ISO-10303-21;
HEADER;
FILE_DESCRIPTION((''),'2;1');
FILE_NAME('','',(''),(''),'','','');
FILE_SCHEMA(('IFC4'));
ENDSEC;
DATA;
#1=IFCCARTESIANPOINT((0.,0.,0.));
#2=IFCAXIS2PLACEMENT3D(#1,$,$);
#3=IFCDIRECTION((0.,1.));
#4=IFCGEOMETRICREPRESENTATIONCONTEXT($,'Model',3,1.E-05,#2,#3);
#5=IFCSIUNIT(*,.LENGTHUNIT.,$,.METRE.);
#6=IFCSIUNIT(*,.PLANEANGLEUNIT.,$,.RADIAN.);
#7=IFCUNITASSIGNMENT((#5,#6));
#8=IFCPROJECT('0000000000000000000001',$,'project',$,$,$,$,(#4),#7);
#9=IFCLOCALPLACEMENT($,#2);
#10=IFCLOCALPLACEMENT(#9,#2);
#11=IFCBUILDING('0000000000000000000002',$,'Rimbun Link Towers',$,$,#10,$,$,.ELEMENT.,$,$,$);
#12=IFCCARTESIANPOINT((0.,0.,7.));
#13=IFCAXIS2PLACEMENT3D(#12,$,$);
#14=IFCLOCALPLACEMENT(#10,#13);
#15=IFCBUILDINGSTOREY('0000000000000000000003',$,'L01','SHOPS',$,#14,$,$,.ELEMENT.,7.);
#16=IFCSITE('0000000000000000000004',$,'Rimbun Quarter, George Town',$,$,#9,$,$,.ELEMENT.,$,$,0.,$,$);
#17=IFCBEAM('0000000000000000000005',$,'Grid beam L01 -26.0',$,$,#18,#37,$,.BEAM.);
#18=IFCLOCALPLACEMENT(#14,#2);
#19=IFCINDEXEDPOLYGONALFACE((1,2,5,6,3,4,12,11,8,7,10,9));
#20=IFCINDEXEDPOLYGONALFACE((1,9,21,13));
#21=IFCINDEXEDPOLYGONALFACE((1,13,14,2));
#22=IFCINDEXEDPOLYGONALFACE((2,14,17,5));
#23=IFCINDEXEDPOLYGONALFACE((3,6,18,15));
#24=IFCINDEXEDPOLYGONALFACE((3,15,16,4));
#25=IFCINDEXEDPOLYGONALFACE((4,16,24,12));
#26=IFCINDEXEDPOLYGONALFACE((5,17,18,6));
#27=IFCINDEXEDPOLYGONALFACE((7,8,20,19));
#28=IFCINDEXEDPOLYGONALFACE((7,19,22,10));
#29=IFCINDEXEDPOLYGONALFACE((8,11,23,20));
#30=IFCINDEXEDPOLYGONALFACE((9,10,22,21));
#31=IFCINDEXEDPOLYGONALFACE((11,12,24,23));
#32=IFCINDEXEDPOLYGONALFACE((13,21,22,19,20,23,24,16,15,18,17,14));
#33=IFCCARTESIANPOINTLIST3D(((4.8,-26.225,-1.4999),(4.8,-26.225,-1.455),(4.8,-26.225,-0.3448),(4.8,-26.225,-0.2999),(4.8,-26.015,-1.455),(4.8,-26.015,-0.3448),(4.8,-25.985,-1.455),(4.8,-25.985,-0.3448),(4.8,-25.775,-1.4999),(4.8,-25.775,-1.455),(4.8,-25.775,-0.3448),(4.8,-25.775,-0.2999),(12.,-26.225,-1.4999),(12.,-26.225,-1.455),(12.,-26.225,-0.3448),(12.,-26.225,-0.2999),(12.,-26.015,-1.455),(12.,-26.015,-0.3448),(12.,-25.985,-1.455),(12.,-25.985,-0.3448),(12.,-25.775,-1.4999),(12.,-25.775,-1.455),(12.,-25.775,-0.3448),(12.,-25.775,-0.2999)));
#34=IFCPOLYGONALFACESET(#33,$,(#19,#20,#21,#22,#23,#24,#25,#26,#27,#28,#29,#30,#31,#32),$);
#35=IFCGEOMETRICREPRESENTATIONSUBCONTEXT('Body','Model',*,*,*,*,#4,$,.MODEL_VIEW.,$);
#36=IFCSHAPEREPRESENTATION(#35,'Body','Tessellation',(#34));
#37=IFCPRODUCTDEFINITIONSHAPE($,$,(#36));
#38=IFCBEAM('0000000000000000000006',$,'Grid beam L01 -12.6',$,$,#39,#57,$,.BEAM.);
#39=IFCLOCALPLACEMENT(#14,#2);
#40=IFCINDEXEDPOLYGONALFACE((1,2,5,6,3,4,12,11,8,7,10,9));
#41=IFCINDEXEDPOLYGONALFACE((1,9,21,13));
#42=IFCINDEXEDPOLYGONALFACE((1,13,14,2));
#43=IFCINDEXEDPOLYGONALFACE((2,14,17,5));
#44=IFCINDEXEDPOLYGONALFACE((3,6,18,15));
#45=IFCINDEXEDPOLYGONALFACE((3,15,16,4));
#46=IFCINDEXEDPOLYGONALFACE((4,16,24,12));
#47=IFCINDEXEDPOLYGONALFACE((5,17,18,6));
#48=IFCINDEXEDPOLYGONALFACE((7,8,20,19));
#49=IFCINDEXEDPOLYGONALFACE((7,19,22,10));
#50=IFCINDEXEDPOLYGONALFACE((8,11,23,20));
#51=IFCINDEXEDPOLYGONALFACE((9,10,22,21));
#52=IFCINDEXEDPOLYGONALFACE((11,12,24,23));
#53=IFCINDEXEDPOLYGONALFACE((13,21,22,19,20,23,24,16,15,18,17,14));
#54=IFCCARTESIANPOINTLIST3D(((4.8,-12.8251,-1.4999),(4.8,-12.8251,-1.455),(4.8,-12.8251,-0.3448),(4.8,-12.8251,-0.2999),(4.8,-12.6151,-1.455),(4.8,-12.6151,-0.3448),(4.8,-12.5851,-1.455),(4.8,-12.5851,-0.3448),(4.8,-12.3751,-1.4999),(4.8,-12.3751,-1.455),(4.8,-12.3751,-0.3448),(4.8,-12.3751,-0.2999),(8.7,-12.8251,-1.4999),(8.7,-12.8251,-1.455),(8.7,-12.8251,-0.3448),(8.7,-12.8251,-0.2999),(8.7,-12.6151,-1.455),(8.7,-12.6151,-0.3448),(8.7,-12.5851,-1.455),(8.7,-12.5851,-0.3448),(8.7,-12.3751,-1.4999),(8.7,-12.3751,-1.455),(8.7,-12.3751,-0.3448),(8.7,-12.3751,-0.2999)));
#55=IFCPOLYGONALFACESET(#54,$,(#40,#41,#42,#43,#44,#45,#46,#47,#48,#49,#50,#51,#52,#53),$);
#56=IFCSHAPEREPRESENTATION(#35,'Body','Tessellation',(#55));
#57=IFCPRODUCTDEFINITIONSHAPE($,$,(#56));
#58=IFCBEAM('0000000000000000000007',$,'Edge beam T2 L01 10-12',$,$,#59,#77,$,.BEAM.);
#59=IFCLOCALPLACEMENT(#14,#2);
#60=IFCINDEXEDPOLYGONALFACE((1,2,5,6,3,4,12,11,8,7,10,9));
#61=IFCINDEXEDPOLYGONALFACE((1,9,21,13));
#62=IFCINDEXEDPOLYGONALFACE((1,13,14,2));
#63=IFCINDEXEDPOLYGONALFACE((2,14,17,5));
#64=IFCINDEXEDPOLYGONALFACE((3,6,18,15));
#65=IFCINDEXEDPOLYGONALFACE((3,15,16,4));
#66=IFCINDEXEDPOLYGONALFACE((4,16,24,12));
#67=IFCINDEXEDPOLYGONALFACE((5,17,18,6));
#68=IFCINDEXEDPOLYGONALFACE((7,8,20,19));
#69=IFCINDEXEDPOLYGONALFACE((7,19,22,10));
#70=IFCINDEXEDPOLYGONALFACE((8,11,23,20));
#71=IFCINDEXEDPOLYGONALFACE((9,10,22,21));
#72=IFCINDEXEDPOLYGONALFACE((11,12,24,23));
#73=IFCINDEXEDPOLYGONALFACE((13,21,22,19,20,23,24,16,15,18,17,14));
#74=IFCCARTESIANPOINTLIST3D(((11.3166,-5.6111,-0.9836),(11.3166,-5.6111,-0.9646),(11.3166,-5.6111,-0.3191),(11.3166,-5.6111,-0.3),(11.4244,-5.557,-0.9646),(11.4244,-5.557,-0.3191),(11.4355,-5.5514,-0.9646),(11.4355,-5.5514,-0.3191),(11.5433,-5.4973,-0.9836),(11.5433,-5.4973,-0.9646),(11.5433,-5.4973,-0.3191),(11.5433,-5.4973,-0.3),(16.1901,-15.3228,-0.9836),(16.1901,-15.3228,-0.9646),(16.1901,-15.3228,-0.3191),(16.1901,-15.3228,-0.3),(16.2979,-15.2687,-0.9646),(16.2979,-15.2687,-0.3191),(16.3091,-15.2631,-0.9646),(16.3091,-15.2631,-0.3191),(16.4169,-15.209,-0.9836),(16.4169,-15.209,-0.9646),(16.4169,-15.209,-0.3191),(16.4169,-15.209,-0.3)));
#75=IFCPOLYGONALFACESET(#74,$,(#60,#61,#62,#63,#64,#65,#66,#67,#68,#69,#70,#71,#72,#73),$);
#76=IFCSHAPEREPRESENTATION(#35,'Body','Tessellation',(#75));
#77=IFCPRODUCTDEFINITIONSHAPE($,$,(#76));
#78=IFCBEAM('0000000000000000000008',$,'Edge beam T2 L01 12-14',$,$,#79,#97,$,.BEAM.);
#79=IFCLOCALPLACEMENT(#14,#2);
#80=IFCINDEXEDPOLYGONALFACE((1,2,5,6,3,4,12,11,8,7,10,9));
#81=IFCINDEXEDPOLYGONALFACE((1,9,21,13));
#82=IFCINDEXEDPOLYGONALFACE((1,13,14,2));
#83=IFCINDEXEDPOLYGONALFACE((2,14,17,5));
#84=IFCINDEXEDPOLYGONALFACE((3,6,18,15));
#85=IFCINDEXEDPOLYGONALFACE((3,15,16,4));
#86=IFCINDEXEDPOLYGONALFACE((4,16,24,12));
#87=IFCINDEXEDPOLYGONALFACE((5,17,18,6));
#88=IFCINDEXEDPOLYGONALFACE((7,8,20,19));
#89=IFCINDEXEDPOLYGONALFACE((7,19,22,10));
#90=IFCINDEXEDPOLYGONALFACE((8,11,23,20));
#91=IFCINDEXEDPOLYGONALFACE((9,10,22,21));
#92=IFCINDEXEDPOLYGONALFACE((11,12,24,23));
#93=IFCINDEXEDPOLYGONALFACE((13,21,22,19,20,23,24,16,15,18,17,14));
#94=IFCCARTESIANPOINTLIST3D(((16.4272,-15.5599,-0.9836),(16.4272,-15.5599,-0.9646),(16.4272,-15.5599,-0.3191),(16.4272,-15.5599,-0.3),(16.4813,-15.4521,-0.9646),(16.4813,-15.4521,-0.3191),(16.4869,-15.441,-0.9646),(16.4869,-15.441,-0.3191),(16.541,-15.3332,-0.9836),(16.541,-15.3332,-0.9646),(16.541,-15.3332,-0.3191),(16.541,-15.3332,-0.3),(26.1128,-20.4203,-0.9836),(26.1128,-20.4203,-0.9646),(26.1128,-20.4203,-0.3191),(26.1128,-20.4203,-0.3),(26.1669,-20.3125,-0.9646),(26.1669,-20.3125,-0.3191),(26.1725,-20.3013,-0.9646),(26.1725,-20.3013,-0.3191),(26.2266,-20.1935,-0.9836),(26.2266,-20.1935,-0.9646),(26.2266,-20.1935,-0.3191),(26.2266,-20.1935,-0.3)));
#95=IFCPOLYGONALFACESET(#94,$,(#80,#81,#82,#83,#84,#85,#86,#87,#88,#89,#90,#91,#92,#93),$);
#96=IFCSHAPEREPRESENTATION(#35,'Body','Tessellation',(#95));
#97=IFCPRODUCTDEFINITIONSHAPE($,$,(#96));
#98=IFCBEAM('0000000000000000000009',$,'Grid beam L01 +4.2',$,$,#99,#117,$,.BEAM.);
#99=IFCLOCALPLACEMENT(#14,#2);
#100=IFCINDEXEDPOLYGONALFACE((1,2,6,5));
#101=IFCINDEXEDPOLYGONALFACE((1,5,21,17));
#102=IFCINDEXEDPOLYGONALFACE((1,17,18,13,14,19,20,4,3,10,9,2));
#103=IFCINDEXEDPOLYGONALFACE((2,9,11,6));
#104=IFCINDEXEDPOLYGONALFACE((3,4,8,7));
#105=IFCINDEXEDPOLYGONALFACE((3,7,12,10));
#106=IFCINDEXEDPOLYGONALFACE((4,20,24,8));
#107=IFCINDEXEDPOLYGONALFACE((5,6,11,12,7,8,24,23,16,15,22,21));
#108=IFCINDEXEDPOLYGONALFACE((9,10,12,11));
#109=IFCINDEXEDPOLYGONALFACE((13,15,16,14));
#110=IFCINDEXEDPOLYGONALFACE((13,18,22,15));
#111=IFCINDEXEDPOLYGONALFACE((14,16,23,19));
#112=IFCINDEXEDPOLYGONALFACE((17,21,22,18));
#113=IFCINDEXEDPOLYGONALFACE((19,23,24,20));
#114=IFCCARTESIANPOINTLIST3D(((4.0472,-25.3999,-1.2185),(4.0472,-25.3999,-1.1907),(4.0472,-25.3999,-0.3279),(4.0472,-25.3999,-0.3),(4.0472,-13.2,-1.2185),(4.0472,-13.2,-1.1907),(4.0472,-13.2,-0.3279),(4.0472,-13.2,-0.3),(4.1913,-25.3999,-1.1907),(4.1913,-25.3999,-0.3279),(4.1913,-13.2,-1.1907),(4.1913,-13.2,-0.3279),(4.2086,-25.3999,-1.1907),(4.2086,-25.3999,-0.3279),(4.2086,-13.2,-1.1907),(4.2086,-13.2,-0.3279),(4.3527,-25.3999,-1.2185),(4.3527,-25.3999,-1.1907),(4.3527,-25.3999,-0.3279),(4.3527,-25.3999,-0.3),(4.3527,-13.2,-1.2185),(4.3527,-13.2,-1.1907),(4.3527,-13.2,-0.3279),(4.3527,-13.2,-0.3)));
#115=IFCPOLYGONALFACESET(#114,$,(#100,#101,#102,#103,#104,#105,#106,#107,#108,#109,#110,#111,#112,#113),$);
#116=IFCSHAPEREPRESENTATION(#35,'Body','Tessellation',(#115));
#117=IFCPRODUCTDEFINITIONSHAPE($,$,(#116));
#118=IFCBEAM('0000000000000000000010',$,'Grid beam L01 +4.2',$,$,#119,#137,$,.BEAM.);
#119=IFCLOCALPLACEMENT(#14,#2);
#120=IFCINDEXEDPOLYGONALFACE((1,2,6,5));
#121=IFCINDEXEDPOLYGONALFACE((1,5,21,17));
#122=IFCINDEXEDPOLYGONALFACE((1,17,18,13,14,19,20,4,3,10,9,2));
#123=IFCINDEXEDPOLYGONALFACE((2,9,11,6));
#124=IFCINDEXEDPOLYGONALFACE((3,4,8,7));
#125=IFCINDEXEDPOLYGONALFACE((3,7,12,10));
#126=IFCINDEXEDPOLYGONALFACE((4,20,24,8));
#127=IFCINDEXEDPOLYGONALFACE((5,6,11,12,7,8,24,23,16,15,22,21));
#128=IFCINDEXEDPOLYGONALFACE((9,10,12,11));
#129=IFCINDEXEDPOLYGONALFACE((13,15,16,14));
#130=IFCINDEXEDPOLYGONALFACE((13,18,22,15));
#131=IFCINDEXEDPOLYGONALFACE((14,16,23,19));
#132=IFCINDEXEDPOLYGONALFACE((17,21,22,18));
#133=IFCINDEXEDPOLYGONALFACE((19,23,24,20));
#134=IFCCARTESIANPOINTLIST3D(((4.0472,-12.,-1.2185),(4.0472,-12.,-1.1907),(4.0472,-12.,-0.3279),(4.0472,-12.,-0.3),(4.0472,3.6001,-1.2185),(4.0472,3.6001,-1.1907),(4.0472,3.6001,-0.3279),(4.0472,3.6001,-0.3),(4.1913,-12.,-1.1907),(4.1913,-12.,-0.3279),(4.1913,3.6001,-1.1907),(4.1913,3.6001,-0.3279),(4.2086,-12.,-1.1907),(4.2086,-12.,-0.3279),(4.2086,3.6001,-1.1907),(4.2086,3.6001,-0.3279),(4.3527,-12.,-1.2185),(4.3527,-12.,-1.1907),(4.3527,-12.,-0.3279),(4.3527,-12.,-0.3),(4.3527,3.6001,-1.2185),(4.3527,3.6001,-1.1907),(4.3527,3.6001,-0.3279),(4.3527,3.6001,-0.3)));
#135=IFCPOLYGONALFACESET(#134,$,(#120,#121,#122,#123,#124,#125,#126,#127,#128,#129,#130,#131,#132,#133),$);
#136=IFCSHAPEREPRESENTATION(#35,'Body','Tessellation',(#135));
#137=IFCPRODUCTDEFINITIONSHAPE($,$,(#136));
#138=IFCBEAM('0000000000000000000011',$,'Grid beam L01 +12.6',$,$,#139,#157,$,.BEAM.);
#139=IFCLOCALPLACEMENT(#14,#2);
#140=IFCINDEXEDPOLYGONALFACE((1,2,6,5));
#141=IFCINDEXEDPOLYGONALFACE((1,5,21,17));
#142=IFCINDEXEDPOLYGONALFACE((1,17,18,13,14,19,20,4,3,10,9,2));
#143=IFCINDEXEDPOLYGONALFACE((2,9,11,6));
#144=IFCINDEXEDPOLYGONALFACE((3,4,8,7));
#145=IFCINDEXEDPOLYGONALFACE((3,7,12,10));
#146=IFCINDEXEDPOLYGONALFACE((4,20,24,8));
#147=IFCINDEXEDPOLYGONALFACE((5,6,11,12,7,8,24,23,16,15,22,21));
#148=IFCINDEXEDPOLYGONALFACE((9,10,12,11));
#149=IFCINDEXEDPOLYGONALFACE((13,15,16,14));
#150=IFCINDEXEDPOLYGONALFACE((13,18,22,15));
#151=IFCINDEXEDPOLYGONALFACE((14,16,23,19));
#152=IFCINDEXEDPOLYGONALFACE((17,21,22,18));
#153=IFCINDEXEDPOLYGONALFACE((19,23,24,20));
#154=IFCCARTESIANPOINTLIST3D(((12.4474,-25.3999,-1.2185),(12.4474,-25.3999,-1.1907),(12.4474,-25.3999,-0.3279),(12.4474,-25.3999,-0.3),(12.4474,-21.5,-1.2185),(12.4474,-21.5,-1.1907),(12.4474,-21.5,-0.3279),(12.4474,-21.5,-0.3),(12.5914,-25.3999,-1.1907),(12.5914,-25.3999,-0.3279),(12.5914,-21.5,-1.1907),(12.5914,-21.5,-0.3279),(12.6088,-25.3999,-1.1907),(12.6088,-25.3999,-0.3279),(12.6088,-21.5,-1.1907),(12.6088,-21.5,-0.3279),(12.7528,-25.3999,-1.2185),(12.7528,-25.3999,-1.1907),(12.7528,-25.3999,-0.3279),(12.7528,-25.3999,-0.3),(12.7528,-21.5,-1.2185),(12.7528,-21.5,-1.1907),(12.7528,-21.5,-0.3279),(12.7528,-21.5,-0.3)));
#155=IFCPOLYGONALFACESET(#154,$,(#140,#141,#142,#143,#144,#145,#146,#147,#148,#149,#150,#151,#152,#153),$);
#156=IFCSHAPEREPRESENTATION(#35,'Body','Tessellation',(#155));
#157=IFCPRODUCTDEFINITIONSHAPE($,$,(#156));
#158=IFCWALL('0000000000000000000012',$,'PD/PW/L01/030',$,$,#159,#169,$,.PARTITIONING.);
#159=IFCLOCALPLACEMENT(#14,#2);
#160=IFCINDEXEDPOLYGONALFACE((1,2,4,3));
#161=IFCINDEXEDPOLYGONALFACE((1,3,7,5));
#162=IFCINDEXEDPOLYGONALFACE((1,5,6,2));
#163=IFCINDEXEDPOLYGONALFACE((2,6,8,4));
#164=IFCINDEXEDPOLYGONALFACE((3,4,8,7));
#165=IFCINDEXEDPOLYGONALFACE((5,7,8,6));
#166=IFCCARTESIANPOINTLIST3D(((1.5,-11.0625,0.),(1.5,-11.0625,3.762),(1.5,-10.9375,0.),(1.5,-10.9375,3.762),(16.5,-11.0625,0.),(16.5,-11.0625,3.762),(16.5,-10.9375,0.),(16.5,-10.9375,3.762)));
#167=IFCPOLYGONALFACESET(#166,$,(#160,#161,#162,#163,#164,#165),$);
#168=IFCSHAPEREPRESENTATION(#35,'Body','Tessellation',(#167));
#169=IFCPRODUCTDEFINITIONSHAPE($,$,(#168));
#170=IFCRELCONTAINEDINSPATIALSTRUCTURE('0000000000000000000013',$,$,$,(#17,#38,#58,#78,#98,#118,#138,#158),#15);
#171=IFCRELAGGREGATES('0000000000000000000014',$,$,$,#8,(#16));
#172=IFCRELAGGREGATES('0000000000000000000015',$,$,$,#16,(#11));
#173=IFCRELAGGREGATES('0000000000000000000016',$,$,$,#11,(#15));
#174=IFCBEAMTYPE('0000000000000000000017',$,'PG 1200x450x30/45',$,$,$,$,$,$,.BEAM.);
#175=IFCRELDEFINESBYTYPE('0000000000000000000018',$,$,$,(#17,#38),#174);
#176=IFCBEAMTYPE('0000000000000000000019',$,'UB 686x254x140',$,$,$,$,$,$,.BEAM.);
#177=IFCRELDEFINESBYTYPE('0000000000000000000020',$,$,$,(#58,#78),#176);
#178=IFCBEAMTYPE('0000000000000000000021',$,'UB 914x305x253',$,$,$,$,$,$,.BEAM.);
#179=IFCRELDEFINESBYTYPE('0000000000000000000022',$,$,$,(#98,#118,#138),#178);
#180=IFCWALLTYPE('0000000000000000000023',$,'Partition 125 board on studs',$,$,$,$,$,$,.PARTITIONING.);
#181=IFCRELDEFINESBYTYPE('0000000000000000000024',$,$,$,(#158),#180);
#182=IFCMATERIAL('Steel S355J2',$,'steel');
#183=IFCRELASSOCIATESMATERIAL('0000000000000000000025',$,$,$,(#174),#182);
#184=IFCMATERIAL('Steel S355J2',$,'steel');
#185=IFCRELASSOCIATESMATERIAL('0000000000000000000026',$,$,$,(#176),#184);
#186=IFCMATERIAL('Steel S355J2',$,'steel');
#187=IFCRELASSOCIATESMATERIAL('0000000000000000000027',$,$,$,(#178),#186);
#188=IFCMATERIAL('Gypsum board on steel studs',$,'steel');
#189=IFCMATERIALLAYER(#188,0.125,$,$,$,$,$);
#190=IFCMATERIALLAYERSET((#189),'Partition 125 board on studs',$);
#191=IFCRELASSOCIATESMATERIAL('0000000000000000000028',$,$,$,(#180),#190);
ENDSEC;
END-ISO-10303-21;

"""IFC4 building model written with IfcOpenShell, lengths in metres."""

from ifc_helpers import new_model, si_unit, direction, frame, frame_2d, origin, origin_2d, place, context, subcontext, project, spatial, rectangle, i_section, extrude, material, layer, layer_set, material_profile, profile_set, type_object, element, save


model = new_model("IFC4")

# Units and contexts
model_context = context("Model", 3, precision=1e-05, world=origin(), true_north=direction((0.0, 1.0)))
body_context = subcontext(model_context, "Body", "Model", "MODEL_VIEW")
ifc_project = project(units=[si_unit("LENGTHUNIT", "METRE"), si_unit("PLANEANGLEUNIT", "RADIAN")], contexts=[model_context])

# Site, building, storey
site_placement = place(None, origin())
site = spatial("IfcSite", under=ifc_project, at=site_placement, Name="Rimbun Quarter, George Town", CompositionType="ELEMENT", RefElevation=0.0)
building_placement = place(site_placement, origin())
building = spatial("IfcBuilding", under=site, at=building_placement, Name="Rimbun Link Towers", CompositionType="ELEMENT")
storey_placement = place(building_placement, frame((0.0, 0.0, 7.0)))
storey = spatial("IfcBuildingStorey", under=building, at=storey_placement, Name="L01", Description="SHOPS", CompositionType="ELEMENT", Elevation=7.0)

# Beams
ifc_material_1 = material(Name="Steel S355J2", Category="steel")
ifc_material_profile_1 = material_profile(ifc_material_1, i_section(OverallWidth=0.45, OverallDepth=1.2, WebThickness=0.03, FlangeThickness=0.0449, at=origin_2d()), Name="PG 1200x450x30/45")
ifc_profile_set_1 = profile_set([ifc_material_profile_1], Name="Steel S355J2")
beam_type_1 = type_object("IfcBeamType", Name="PG 1200x450x30/45", PredefinedType="BEAM", material=ifc_profile_set_1)
beam_1_placement = place(storey_placement, frame((4.8, -26.0, -0.8999), z_axis=(1.0, 0.0, 0.0), x_axis=(0.0, 1.0, 0.0)))
element("IfcBeam", 1, at=beam_1_placement, inside=storey, type_object=beam_type_1, Name="Grid beam L01 -26.0", PredefinedType="BEAM", context=body_context, shape_type="SweptSolid", body=[
    extrude(i_section(OverallWidth=0.45, OverallDepth=1.2, WebThickness=0.03, FlangeThickness=0.0449, at=origin_2d()), origin(), (0.0, 0.0, 1.0), 7.2),
])
beam_2_placement = place(storey_placement, frame((4.8, -12.6001, -0.8999), z_axis=(1.0, 0.0, 0.0), x_axis=(0.0, 1.0, 0.0)))
element("IfcBeam", 2, at=beam_2_placement, inside=storey, type_object=beam_type_1, Name="Grid beam L01 -12.6", PredefinedType="BEAM", context=body_context, shape_type="SweptSolid", body=[
    extrude(i_section(OverallWidth=0.45, OverallDepth=1.2, WebThickness=0.03, FlangeThickness=0.0449, at=origin_2d()), origin(), (0.0, 0.0, 1.0), 3.8999),
])
ifc_material_2 = material(Name="Steel S355J2", Category="steel")
ifc_material_profile_2 = material_profile(ifc_material_2, i_section(OverallWidth=0.2537, OverallDepth=0.6836, WebThickness=0.0125, FlangeThickness=0.019, at=origin_2d()), Name="UB 686x254x140")
ifc_profile_set_2 = profile_set([ifc_material_profile_2], Name="Steel S355J2")
beam_type_2 = type_object("IfcBeamType", Name="UB 686x254x140", PredefinedType="BEAM", material=ifc_profile_set_2)
beam_3_placement = place(storey_placement, frame((11.4299, -5.5542, -0.6418), z_axis=(0.448516, -0.893775, 0.0), x_axis=(0.893775, 0.448516, 0.0)))
element("IfcBeam", 3, at=beam_3_placement, inside=storey, type_object=beam_type_2, Name="Edge beam T2 L01 10-12", PredefinedType="BEAM", context=body_context, shape_type="SweptSolid", body=[
    extrude(i_section(OverallWidth=0.2537, OverallDepth=0.6836, WebThickness=0.0125, FlangeThickness=0.019, at=origin_2d()), origin(), (0.0, 0.0, 1.0), 10.866),
])
beam_4_placement = place(storey_placement, frame((16.4841, -15.4465, -0.6418), z_axis=(0.893777, -0.448511, 0.0), x_axis=(0.448511, 0.893777, 0.0)))
element("IfcBeam", 4, at=beam_4_placement, inside=storey, type_object=beam_type_2, Name="Edge beam T2 L01 12-14", PredefinedType="BEAM", context=body_context, shape_type="SweptSolid", body=[
    extrude(i_section(OverallWidth=0.2537, OverallDepth=0.6836, WebThickness=0.0125, FlangeThickness=0.019, at=origin_2d()), origin(), (0.0, 0.0, 1.0), 10.8367),
])
ifc_material_3 = material(Name="Steel S355J2", Category="steel")
ifc_material_profile_3 = material_profile(ifc_material_3, i_section(OverallWidth=0.3054, OverallDepth=0.9185, WebThickness=0.0173, FlangeThickness=0.0278, at=origin_2d()), Name="UB 914x305x253")
ifc_profile_set_3 = profile_set([ifc_material_profile_3], Name="Steel S355J2")
beam_type_3 = type_object("IfcBeamType", Name="UB 914x305x253", PredefinedType="BEAM", material=ifc_profile_set_3)
beam_5_placement = place(storey_placement, frame((4.2, -25.3999, -0.7593), z_axis=(0.0, 1.0, 0.0), x_axis=(-1.0, 0.0, 0.0)))
element("IfcBeam", 5, at=beam_5_placement, inside=storey, type_object=beam_type_3, Name="Grid beam L01 +4.2", PredefinedType="BEAM", context=body_context, shape_type="SweptSolid", body=[
    extrude(i_section(OverallWidth=0.3054, OverallDepth=0.9185, WebThickness=0.0173, FlangeThickness=0.0278, at=origin_2d()), origin(), (0.0, 0.0, 1.0), 12.2),
])
beam_6_placement = place(storey_placement, frame((4.2, -12.0, -0.7593), z_axis=(0.0, 1.0, 0.0), x_axis=(-1.0, 0.0, 0.0)))
element("IfcBeam", 6, at=beam_6_placement, inside=storey, type_object=beam_type_3, Name="Grid beam L01 +4.2", PredefinedType="BEAM", context=body_context, shape_type="SweptSolid", body=[
    extrude(i_section(OverallWidth=0.3054, OverallDepth=0.9185, WebThickness=0.0173, FlangeThickness=0.0278, at=origin_2d()), origin(), (0.0, 0.0, 1.0), 15.6001),
])
beam_7_placement = place(storey_placement, frame((12.6001, -25.3999, -0.7593), z_axis=(0.0, 1.0, 0.0), x_axis=(-1.0, 0.0, 0.0)))
element("IfcBeam", 7, at=beam_7_placement, inside=storey, type_object=beam_type_3, Name="Grid beam L01 +12.6", PredefinedType="BEAM", context=body_context, shape_type="SweptSolid", body=[
    extrude(i_section(OverallWidth=0.3054, OverallDepth=0.9185, WebThickness=0.0173, FlangeThickness=0.0278, at=origin_2d()), origin(), (0.0, 0.0, 1.0), 3.8999),
])

# Wall
ifc_material_4 = material(Name="Gypsum board on steel studs", Category="steel")
ifc_layer_1 = layer(ifc_material_4, 0.125)
ifc_layer_set_1 = layer_set([ifc_layer_1], Name="Partition 125 board on studs")
wall_type_1 = type_object("IfcWallType", Name="Partition 125 board on studs", PredefinedType="PARTITIONING", material=ifc_layer_set_1)
wall_1_placement = place(storey_placement, frame((1.5, -11.0, 0.0), z_axis=(0.0, 0.0, 1.0), x_axis=(1.0, 0.0, 0.0)))
element("IfcWall", 8, at=wall_1_placement, inside=storey, type_object=wall_type_1, Name="PD/PW/L01/030", PredefinedType="PARTITIONING", context=body_context, shape_type="SweptSolid", body=[
    extrude(rectangle(XDim=15.0, YDim=0.125, at=frame_2d((7.5, 0.0))), origin(), (0.0, 0.0, 1.0), 3.762),
])

save(model, "model.ifc")
